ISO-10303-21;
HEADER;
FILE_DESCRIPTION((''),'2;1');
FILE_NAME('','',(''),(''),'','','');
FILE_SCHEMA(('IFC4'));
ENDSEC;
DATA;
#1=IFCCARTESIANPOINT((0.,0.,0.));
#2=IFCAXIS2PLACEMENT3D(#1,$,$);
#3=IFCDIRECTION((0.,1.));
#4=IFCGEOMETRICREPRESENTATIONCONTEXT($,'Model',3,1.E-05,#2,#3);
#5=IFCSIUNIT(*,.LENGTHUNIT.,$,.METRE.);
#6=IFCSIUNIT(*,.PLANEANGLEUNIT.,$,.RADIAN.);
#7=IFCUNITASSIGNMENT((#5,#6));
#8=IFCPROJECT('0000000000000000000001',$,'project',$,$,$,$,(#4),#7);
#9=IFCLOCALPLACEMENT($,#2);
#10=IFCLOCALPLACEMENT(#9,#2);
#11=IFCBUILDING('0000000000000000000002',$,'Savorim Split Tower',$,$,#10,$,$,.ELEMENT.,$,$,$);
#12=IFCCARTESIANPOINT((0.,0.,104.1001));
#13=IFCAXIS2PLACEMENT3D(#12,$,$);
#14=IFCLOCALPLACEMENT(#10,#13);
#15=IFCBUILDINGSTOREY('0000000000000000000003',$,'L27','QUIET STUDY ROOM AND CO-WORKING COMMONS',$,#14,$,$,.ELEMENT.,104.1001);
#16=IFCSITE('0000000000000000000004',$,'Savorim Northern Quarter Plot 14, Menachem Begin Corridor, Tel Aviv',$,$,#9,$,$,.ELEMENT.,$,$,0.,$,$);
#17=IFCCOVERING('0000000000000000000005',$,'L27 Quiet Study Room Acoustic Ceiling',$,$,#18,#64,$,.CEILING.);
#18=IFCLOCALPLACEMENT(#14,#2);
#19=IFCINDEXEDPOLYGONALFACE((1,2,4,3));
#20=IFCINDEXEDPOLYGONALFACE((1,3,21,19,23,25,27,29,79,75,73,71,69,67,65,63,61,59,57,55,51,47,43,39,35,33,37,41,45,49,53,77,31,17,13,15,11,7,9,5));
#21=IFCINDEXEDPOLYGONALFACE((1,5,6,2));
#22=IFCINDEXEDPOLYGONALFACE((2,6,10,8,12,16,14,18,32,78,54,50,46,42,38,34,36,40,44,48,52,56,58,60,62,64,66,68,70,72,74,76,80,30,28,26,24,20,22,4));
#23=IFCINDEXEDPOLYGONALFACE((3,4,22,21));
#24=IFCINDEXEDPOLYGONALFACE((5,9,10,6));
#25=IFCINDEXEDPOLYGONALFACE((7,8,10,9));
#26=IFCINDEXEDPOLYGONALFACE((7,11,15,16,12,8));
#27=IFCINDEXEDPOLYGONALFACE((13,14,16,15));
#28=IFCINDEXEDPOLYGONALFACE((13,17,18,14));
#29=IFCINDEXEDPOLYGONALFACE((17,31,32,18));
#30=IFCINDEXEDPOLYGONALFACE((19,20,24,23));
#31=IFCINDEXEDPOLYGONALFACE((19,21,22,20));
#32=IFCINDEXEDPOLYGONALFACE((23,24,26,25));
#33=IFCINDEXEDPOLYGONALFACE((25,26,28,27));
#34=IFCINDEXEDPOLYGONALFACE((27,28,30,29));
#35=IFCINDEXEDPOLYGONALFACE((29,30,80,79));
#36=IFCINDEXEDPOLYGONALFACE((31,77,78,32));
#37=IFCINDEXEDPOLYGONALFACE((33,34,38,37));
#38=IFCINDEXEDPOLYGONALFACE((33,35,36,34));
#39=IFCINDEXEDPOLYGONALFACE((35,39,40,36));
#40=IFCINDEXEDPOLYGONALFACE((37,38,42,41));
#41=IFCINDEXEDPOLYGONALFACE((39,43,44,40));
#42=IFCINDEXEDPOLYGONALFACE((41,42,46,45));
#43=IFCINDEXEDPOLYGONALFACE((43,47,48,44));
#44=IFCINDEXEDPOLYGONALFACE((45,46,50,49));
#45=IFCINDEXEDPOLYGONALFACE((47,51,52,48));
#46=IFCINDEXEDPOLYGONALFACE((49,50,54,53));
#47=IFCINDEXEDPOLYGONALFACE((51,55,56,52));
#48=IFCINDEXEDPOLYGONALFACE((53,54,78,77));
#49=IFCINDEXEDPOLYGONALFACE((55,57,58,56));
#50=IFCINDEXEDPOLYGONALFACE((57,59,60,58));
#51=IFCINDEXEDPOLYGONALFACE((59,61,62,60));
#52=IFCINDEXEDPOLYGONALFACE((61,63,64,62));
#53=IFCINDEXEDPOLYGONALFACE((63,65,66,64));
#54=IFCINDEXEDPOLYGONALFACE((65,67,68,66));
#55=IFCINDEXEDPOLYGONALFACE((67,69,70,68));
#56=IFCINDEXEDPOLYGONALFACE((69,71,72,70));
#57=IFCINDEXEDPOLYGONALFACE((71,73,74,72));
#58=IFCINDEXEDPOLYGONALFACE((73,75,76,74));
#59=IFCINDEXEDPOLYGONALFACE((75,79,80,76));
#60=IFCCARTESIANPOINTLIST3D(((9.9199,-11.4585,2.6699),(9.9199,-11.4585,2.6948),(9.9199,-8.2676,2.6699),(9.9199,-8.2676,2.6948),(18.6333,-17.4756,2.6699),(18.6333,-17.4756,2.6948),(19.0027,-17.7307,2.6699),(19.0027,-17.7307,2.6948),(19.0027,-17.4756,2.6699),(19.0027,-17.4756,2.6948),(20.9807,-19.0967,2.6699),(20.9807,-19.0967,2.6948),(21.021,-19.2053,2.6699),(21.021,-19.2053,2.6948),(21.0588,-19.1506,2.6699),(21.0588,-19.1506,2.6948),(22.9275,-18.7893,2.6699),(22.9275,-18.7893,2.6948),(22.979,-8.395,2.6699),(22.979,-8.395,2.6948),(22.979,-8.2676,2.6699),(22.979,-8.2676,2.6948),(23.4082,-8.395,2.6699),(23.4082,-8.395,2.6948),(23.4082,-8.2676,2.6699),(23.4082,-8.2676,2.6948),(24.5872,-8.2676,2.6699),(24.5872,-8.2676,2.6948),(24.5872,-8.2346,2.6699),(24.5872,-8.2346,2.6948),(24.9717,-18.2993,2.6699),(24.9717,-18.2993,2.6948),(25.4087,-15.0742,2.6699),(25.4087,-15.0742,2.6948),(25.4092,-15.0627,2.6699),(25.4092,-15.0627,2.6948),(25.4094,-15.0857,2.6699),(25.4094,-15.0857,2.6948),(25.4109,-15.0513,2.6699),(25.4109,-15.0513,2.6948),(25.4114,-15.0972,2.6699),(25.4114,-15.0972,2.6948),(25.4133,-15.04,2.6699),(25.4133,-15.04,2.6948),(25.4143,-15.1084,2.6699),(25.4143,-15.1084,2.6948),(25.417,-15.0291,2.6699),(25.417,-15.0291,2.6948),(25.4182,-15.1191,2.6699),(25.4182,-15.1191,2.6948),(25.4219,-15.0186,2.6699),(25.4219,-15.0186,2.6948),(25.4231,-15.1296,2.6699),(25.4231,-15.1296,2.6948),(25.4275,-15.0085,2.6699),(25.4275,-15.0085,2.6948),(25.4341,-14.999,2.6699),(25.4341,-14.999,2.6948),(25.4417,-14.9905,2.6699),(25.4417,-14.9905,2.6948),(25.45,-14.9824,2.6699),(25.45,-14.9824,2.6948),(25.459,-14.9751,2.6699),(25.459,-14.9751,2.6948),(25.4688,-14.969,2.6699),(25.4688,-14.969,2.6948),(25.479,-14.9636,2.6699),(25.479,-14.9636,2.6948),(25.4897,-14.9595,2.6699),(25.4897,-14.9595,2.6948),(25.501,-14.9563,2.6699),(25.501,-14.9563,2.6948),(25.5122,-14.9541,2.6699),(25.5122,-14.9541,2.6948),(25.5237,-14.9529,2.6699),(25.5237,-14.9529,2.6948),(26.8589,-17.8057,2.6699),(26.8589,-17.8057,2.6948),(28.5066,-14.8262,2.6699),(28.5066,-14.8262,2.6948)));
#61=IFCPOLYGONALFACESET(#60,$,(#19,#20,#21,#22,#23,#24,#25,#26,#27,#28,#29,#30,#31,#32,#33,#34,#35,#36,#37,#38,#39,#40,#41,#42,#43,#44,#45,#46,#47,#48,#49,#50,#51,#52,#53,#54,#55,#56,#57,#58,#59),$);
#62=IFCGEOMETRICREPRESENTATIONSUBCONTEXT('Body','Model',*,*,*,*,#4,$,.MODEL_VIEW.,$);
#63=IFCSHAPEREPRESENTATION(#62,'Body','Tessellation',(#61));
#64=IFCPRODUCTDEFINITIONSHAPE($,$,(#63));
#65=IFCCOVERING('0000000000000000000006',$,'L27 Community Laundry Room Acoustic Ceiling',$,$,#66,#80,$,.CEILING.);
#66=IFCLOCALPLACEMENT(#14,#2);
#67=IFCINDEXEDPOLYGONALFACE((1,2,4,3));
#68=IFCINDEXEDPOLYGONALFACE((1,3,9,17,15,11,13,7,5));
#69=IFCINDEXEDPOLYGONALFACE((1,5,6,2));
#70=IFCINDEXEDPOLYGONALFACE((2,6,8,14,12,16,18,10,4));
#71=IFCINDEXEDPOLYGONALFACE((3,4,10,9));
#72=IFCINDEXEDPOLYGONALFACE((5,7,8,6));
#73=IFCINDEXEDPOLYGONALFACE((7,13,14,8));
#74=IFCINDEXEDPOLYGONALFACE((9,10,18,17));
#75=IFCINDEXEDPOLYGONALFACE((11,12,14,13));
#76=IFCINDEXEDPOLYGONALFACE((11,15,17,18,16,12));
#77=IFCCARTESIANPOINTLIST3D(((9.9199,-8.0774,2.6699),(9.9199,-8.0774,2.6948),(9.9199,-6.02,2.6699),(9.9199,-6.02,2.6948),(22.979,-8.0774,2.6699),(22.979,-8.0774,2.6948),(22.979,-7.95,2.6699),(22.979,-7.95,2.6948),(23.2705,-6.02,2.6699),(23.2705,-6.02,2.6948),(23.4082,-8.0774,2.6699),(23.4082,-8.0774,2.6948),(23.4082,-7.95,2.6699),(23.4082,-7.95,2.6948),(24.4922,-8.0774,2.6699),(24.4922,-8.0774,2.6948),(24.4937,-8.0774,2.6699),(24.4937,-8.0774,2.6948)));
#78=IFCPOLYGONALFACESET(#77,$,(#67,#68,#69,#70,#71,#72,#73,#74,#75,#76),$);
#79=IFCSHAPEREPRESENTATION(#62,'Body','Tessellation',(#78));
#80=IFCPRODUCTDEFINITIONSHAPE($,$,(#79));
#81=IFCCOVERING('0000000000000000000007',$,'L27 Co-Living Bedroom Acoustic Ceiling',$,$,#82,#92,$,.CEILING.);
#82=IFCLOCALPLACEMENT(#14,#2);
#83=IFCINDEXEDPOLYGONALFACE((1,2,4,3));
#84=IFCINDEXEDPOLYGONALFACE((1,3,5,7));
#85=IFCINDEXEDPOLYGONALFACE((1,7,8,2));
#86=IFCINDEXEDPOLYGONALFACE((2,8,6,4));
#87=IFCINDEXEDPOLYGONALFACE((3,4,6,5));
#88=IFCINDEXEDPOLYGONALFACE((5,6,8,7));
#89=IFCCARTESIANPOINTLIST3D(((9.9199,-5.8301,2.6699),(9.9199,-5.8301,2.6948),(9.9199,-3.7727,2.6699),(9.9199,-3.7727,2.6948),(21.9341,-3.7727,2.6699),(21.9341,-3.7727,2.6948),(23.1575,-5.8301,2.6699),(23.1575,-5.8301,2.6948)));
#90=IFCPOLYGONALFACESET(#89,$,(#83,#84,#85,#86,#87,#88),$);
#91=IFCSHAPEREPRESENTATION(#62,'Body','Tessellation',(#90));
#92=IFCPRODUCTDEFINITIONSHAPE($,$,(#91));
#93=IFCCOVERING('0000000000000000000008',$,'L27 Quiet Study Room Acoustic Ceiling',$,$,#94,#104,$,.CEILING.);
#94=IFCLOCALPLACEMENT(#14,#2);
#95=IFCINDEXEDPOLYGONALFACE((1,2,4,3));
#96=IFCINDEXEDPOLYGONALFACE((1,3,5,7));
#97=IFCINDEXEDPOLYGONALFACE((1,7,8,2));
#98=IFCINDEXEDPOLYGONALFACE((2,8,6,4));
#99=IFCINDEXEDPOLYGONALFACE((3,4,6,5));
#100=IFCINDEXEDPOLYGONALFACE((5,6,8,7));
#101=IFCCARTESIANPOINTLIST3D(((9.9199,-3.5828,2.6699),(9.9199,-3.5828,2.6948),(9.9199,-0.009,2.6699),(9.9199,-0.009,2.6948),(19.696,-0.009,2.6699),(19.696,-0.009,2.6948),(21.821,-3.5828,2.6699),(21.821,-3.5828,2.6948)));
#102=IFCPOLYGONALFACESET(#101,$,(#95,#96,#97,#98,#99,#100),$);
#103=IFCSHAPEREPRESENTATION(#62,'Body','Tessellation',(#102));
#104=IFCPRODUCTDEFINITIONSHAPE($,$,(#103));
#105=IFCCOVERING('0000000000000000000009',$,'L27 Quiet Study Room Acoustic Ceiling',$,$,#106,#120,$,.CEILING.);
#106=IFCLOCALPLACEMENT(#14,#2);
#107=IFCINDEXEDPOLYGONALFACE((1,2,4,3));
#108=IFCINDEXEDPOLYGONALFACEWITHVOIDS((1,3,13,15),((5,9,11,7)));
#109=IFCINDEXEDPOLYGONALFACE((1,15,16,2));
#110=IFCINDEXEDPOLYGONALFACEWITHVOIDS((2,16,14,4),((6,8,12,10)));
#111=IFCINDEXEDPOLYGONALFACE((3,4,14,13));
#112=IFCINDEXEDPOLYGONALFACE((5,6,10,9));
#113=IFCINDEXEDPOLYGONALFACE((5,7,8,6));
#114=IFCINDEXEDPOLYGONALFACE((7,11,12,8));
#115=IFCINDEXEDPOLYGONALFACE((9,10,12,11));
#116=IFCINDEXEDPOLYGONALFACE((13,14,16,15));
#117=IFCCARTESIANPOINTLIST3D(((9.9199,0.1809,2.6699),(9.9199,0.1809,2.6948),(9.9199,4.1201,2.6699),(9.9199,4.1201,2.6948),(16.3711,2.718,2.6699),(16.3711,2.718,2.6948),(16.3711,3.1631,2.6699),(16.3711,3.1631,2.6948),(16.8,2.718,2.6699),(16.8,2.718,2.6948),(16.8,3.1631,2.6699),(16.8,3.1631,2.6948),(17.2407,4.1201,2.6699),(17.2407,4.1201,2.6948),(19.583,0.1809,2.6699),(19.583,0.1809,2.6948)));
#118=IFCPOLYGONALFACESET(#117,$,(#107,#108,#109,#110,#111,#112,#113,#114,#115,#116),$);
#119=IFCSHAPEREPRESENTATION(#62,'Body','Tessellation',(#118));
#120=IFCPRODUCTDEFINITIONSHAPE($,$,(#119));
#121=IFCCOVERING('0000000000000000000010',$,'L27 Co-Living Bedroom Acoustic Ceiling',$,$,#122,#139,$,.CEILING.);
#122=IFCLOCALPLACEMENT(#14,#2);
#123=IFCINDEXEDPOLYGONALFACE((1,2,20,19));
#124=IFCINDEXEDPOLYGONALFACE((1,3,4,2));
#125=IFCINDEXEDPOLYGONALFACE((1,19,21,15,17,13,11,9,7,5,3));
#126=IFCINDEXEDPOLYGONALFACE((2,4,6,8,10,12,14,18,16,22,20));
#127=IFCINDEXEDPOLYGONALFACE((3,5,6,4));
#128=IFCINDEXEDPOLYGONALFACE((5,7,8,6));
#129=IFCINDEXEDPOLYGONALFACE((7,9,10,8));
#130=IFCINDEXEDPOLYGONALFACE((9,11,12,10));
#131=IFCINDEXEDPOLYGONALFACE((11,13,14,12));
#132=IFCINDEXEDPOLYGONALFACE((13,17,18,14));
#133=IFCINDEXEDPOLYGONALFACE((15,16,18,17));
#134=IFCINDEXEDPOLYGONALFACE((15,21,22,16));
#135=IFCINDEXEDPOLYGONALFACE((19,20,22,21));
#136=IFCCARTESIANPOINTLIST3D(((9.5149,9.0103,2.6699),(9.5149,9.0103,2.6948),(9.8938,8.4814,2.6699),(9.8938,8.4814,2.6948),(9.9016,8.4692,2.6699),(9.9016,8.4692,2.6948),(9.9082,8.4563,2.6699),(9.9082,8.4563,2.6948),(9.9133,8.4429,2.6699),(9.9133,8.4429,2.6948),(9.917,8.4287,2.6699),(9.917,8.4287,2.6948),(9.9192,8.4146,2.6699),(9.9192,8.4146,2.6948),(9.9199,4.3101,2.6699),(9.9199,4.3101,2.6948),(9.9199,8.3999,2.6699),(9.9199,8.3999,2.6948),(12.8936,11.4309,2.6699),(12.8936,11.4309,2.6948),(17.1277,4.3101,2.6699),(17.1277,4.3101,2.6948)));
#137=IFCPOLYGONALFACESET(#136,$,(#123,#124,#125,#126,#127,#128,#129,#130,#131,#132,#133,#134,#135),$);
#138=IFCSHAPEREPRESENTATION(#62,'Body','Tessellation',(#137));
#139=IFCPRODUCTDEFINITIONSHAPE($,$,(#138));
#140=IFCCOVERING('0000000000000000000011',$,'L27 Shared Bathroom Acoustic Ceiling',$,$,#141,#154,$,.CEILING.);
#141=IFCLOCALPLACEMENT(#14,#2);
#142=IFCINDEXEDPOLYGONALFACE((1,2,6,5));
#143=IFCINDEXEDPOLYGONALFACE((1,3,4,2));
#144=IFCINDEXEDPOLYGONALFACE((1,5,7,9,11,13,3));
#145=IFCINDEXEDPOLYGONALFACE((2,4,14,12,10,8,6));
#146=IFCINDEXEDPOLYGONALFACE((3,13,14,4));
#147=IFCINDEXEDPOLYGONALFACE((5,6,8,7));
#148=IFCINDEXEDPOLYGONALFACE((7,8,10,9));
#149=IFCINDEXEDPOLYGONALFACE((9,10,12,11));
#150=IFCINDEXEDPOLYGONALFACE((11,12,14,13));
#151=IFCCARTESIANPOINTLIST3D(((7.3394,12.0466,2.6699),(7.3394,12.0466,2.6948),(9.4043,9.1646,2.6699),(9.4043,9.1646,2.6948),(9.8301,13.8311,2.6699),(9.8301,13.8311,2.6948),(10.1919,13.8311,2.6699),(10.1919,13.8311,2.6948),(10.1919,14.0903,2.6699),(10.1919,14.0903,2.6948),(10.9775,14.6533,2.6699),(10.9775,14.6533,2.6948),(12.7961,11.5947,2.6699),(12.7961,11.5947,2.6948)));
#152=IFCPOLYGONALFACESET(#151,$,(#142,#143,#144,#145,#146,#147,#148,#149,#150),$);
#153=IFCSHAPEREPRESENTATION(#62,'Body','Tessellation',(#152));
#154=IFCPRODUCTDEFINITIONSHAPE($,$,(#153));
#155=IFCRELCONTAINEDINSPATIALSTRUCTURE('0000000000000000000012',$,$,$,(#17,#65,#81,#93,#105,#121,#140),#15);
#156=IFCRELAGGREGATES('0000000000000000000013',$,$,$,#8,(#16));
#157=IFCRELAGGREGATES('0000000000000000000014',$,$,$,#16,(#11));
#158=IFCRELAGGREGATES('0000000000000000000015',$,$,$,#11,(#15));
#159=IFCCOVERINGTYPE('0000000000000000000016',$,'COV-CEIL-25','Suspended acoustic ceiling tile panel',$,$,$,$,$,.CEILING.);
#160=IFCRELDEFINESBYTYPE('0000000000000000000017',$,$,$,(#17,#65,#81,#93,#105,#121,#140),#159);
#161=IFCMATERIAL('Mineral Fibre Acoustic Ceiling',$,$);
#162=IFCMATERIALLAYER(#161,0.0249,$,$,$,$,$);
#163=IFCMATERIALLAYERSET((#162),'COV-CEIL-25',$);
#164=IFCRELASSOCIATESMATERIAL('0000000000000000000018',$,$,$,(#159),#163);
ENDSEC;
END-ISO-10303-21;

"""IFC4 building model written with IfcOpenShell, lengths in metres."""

from ifc_helpers import new_model, si_unit, direction, frame, origin, place, context, subcontext, project, spatial, polyline, outline, extrude, material, layer, layer_set, type_object, element, save


model = new_model("IFC4")

# Units and contexts
model_context = context("Model", 3, precision=1e-05, world=origin(), true_north=direction((0.0, 1.0)))
body_context = subcontext(model_context, "Body", "Model", "MODEL_VIEW")
ifc_project = project(units=[si_unit("LENGTHUNIT", "METRE"), si_unit("PLANEANGLEUNIT", "RADIAN")], contexts=[model_context])

# Site, building, storey
site_placement = place(None, origin())
site = spatial("IfcSite", under=ifc_project, at=site_placement, Name="Savorim Northern Quarter Plot 14, Menachem Begin Corridor, Tel Aviv", CompositionType="ELEMENT", RefElevation=0.0)
building_placement = place(site_placement, origin())
building = spatial("IfcBuilding", under=site, at=building_placement, Name="Savorim Split Tower", CompositionType="ELEMENT")
storey_placement = place(building_placement, frame((0.0, 0.0, 104.1001)))
storey = spatial("IfcBuildingStorey", under=building, at=storey_placement, Name="L27", Description="QUIET STUDY ROOM AND CO-WORKING COMMONS", CompositionType="ELEMENT", Elevation=104.1001)

# Coverings
ifc_material_1 = material(Name="Mineral Fibre Acoustic Ceiling")
ifc_layer_1 = layer(ifc_material_1, 0.0249)
ifc_layer_set_1 = layer_set([ifc_layer_1], Name="COV-CEIL-25")
covering_type_1 = type_object("IfcCoveringType", Name="COV-CEIL-25", Description="Suspended acoustic ceiling tile panel", PredefinedType="CEILING", material=ifc_layer_set_1)
covering_1_placement = place(storey_placement, frame((0.0, 0.0, 2.6699)))
element("IfcCovering", 1, at=covering_1_placement, inside=storey, type_object=covering_type_1, Name="L27 Quiet Study Room Acoustic Ceiling", PredefinedType="CEILING", context=body_context, shape_type="SweptSolid", body=[
    extrude(outline(polyline([(25.501, -14.9563), (25.5122, -14.9541), (25.5237, -14.9529), (28.5066, -14.8262), (24.5872, -8.2346), (24.5872, -8.2676), (23.4082, -8.2676), (23.4082, -8.395), (22.979, -8.395), (22.979, -8.2676), (9.9199, -8.2676), (9.9199, -11.4585), (18.6333, -17.4756), (19.0027, -17.4756), (19.0027, -17.7307), (20.9807, -19.0967), (21.0588, -19.1506), (21.021, -19.2053), (22.9275, -18.7893), (24.9717, -18.2993), (26.8589, -17.8057), (25.4231, -15.1296), (25.4182, -15.1191), (25.4143, -15.1084), (25.4114, -15.0972), (25.4094, -15.0857), (25.4087, -15.0742), (25.4092, -15.0627), (25.4109, -15.0513), (25.4133, -15.04), (25.417, -15.0291), (25.4219, -15.0186), (25.4275, -15.0085), (25.4341, -14.999), (25.4417, -14.9905), (25.45, -14.9824), (25.459, -14.9751), (25.4688, -14.969), (25.479, -14.9636), (25.4897, -14.9595), (25.501, -14.9563)])), origin(), (0.0, 0.0, 1.0), 0.0249),
])
covering_2_placement = place(storey_placement, frame((0.0, 0.0, 2.6699)))
element("IfcCovering", 2, at=covering_2_placement, inside=storey, type_object=covering_type_1, Name="L27 Community Laundry Room Acoustic Ceiling", PredefinedType="CEILING", context=body_context, shape_type="SweptSolid", body=[
    extrude(outline(polyline([(23.4082, -7.95), (23.4082, -8.0774), (24.4922, -8.0774), (24.4937, -8.0774), (23.2705, -6.02), (9.9199, -6.02), (9.9199, -8.0774), (22.979, -8.0774), (22.979, -7.95), (23.4082, -7.95)])), origin(), (0.0, 0.0, 1.0), 0.0249),
])
covering_3_placement = place(storey_placement, frame((0.0, 0.0, 2.6699)))
element("IfcCovering", 3, at=covering_3_placement, inside=storey, type_object=covering_type_1, Name="L27 Co-Living Bedroom Acoustic Ceiling", PredefinedType="CEILING", context=body_context, shape_type="SweptSolid", body=[
    extrude(outline(polyline([(23.1575, -5.8301), (21.9341, -3.7727), (9.9199, -3.7727), (9.9199, -5.8301), (23.1575, -5.8301)])), origin(), (0.0, 0.0, 1.0), 0.0249),
])
covering_4_placement = place(storey_placement, frame((0.0, 0.0, 2.6699)))
element("IfcCovering", 4, at=covering_4_placement, inside=storey, type_object=covering_type_1, Name="L27 Quiet Study Room Acoustic Ceiling", PredefinedType="CEILING", context=body_context, shape_type="SweptSolid", body=[
    extrude(outline(polyline([(21.821, -3.5828), (19.696, -0.009), (9.9199, -0.009), (9.9199, -3.5828), (21.821, -3.5828)])), origin(), (0.0, 0.0, 1.0), 0.0249),
])
covering_5_placement = place(storey_placement, frame((0.0, 0.0, 2.6699)))
element("IfcCovering", 5, at=covering_5_placement, inside=storey, type_object=covering_type_1, Name="L27 Quiet Study Room Acoustic Ceiling", PredefinedType="CEILING", context=body_context, shape_type="SweptSolid", body=[
    extrude(outline(polyline([(19.583, 0.1809), (17.2407, 4.1201), (9.9199, 4.1201), (9.9199, 0.1809), (19.583, 0.1809)]), holes=[polyline([(16.8, 2.718), (16.8, 3.1631), (16.3711, 3.1631), (16.3711, 2.718), (16.8, 2.718)])]), origin(), (0.0, 0.0, 1.0), 0.0249),
])
covering_6_placement = place(storey_placement, frame((0.0, 0.0, 2.6699)))
element("IfcCovering", 6, at=covering_6_placement, inside=storey, type_object=covering_type_1, Name="L27 Co-Living Bedroom Acoustic Ceiling", PredefinedType="CEILING", context=body_context, shape_type="SweptSolid", body=[
    extrude(outline(polyline([(9.917, 8.4287), (9.9192, 8.4146), (9.9199, 8.3999), (9.9199, 4.3101), (17.1277, 4.3101), (12.8936, 11.4309), (9.5149, 9.0103), (9.8938, 8.4814), (9.9016, 8.4692), (9.9082, 8.4563), (9.9133, 8.4429), (9.917, 8.4287)])), origin(), (0.0, 0.0, 1.0), 0.0249),
])
covering_7_placement = place(storey_placement, frame((0.0, 0.0, 2.6699)))
element("IfcCovering", 7, at=covering_7_placement, inside=storey, type_object=covering_type_1, Name="L27 Shared Bathroom Acoustic Ceiling", PredefinedType="CEILING", context=body_context, shape_type="SweptSolid", body=[
    extrude(outline(polyline([(9.8301, 13.8311), (7.3394, 12.0466), (7.3394, 12.0466), (9.4043, 9.1646), (12.7961, 11.5947), (10.9775, 14.6533), (10.1919, 14.0903), (10.1919, 13.8311), (9.8301, 13.8311)])), origin(), (0.0, 0.0, 1.0), 0.0249),
])

save(model, "model.ifc")
